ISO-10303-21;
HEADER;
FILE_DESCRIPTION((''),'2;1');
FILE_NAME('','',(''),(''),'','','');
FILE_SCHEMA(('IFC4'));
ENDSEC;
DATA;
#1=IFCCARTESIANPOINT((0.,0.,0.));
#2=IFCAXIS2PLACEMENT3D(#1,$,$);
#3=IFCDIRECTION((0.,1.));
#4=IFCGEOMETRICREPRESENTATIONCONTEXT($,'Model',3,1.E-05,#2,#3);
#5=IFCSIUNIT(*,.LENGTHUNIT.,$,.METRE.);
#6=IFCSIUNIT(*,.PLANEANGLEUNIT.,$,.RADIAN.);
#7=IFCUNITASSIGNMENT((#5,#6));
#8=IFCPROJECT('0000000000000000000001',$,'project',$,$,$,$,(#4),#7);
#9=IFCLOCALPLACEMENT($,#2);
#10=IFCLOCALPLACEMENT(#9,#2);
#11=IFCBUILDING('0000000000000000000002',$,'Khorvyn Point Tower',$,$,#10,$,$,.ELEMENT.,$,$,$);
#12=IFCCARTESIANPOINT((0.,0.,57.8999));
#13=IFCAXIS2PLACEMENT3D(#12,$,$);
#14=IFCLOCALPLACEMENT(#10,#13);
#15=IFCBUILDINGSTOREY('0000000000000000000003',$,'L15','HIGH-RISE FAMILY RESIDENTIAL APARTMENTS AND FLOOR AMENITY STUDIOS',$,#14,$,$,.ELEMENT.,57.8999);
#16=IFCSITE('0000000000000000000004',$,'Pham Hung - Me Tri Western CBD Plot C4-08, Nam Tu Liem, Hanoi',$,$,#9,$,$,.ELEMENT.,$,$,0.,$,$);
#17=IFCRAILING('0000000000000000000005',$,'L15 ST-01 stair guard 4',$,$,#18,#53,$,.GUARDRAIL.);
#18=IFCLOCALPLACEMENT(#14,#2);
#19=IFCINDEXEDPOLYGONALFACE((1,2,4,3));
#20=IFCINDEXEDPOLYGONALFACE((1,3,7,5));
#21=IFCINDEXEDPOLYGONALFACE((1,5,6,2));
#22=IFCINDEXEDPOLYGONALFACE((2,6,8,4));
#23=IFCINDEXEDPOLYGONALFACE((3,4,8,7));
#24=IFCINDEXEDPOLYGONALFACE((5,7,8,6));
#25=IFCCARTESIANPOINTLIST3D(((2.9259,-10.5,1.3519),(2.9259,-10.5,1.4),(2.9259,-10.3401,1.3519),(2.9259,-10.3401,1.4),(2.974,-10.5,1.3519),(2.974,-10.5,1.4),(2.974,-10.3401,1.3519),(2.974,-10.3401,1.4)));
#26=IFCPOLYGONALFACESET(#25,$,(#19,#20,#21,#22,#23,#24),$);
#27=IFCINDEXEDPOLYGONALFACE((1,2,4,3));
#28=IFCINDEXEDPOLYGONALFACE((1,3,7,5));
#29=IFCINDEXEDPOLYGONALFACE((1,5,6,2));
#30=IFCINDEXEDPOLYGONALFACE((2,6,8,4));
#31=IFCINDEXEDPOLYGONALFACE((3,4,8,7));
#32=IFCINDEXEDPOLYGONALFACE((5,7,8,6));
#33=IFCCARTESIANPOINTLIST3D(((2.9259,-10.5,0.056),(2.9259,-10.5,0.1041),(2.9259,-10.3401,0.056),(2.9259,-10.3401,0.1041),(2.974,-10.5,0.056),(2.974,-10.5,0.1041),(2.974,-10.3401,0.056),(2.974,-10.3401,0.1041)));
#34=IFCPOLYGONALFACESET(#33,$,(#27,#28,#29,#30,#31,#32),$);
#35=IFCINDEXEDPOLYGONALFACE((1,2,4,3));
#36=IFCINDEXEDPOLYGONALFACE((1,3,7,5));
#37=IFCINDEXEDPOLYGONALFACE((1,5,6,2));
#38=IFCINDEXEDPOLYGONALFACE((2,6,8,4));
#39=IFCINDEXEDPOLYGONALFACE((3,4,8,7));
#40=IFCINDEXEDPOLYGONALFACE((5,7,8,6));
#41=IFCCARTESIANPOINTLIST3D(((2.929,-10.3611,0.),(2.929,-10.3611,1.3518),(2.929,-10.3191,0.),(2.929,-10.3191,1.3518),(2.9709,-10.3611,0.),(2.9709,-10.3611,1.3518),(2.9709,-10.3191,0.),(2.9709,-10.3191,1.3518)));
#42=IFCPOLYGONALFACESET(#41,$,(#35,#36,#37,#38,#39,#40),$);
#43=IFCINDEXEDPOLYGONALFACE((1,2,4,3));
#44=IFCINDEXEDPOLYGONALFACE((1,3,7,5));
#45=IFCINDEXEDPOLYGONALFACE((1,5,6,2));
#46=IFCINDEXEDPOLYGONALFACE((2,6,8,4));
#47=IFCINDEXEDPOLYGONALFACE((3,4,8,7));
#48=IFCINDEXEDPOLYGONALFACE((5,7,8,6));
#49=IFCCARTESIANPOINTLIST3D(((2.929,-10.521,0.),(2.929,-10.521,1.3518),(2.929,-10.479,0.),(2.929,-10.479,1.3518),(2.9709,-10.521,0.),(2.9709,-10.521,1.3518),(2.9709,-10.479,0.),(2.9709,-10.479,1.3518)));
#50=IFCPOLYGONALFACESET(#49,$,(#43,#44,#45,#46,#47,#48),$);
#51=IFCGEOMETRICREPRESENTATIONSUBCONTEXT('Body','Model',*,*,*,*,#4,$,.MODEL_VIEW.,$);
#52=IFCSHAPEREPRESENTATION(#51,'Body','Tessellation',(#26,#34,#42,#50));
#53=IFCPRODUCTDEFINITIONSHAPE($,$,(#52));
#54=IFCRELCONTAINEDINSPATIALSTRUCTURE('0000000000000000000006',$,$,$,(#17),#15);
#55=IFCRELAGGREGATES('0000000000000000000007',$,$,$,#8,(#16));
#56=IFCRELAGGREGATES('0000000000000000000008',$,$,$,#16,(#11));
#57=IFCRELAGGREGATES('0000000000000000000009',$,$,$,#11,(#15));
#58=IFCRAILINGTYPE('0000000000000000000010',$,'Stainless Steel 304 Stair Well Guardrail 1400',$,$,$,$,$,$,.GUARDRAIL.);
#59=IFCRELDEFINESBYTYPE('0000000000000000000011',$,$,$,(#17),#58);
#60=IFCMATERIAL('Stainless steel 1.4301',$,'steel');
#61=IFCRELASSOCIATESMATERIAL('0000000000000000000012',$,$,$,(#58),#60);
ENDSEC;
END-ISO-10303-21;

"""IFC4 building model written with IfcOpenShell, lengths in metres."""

from ifc_helpers import new_model, si_unit, direction, frame, origin, origin_2d, place, context, subcontext, project, spatial, rectangle, extrude, material, type_object, element, save


model = new_model("IFC4")

# Units and contexts
model_context = context("Model", 3, precision=1e-05, world=origin(), true_north=direction((0.0, 1.0)))
body_context = subcontext(model_context, "Body", "Model", "MODEL_VIEW")
ifc_project = project(units=[si_unit("LENGTHUNIT", "METRE"), si_unit("PLANEANGLEUNIT", "RADIAN")], contexts=[model_context])

# Site, building, storey
site_placement = place(None, origin())
site = spatial("IfcSite", under=ifc_project, at=site_placement, Name="Pham Hung - Me Tri Western CBD Plot C4-08, Nam Tu Liem, Hanoi", CompositionType="ELEMENT", RefElevation=0.0)
building_placement = place(site_placement, origin())
building = spatial("IfcBuilding", under=site, at=building_placement, Name="Khorvyn Point Tower", CompositionType="ELEMENT")
storey_placement = place(building_placement, frame((0.0, 0.0, 57.8999)))
storey = spatial("IfcBuildingStorey", under=building, at=storey_placement, Name="L15", Description="HIGH-RISE FAMILY RESIDENTIAL APARTMENTS AND FLOOR AMENITY STUDIOS", CompositionType="ELEMENT", Elevation=57.8999)

# Shared definitions
ifc_material_1 = material(Name="Stainless steel 1.4301", Category="steel")

# Railing
railing_type_1 = type_object("IfcRailingType", Name="Stainless Steel 304 Stair Well Guardrail 1400", PredefinedType="GUARDRAIL", material=ifc_material_1)
railing_1_placement = place(storey_placement, frame((2.95, -10.3401, 0.0)))
element("IfcRailing", 1, at=railing_1_placement, inside=storey, type_object=railing_type_1, Name="L15 ST-01 stair guard 4", PredefinedType="GUARDRAIL", context=body_context, shape_type="SweptSolid", body=[
    extrude(rectangle(XDim=0.0481, YDim=0.0481, at=origin_2d()), frame((0.0, 0.0, 1.376), z_axis=(0.0, -1.0, 0.0), x_axis=(1.0, 0.0, 0.0)), (0.0, 0.0, 1.0), 0.1599),
    extrude(rectangle(XDim=0.0481, YDim=0.0481, at=origin_2d()), frame((0.0, 0.0, 0.0801), z_axis=(0.0, -1.0, 0.0), x_axis=(1.0, 0.0, 0.0)), (0.0, 0.0, 1.0), 0.1599),
    extrude(rectangle(XDim=0.042, YDim=0.042, at=origin_2d()), origin(), (0.0, 0.0, 1.0), 1.3518),
    extrude(rectangle(XDim=0.042, YDim=0.042, at=origin_2d()), frame((0.0, -0.1599, 0.0)), (0.0, 0.0, 1.0), 1.3518),
])

save(model, "model.ifc")
